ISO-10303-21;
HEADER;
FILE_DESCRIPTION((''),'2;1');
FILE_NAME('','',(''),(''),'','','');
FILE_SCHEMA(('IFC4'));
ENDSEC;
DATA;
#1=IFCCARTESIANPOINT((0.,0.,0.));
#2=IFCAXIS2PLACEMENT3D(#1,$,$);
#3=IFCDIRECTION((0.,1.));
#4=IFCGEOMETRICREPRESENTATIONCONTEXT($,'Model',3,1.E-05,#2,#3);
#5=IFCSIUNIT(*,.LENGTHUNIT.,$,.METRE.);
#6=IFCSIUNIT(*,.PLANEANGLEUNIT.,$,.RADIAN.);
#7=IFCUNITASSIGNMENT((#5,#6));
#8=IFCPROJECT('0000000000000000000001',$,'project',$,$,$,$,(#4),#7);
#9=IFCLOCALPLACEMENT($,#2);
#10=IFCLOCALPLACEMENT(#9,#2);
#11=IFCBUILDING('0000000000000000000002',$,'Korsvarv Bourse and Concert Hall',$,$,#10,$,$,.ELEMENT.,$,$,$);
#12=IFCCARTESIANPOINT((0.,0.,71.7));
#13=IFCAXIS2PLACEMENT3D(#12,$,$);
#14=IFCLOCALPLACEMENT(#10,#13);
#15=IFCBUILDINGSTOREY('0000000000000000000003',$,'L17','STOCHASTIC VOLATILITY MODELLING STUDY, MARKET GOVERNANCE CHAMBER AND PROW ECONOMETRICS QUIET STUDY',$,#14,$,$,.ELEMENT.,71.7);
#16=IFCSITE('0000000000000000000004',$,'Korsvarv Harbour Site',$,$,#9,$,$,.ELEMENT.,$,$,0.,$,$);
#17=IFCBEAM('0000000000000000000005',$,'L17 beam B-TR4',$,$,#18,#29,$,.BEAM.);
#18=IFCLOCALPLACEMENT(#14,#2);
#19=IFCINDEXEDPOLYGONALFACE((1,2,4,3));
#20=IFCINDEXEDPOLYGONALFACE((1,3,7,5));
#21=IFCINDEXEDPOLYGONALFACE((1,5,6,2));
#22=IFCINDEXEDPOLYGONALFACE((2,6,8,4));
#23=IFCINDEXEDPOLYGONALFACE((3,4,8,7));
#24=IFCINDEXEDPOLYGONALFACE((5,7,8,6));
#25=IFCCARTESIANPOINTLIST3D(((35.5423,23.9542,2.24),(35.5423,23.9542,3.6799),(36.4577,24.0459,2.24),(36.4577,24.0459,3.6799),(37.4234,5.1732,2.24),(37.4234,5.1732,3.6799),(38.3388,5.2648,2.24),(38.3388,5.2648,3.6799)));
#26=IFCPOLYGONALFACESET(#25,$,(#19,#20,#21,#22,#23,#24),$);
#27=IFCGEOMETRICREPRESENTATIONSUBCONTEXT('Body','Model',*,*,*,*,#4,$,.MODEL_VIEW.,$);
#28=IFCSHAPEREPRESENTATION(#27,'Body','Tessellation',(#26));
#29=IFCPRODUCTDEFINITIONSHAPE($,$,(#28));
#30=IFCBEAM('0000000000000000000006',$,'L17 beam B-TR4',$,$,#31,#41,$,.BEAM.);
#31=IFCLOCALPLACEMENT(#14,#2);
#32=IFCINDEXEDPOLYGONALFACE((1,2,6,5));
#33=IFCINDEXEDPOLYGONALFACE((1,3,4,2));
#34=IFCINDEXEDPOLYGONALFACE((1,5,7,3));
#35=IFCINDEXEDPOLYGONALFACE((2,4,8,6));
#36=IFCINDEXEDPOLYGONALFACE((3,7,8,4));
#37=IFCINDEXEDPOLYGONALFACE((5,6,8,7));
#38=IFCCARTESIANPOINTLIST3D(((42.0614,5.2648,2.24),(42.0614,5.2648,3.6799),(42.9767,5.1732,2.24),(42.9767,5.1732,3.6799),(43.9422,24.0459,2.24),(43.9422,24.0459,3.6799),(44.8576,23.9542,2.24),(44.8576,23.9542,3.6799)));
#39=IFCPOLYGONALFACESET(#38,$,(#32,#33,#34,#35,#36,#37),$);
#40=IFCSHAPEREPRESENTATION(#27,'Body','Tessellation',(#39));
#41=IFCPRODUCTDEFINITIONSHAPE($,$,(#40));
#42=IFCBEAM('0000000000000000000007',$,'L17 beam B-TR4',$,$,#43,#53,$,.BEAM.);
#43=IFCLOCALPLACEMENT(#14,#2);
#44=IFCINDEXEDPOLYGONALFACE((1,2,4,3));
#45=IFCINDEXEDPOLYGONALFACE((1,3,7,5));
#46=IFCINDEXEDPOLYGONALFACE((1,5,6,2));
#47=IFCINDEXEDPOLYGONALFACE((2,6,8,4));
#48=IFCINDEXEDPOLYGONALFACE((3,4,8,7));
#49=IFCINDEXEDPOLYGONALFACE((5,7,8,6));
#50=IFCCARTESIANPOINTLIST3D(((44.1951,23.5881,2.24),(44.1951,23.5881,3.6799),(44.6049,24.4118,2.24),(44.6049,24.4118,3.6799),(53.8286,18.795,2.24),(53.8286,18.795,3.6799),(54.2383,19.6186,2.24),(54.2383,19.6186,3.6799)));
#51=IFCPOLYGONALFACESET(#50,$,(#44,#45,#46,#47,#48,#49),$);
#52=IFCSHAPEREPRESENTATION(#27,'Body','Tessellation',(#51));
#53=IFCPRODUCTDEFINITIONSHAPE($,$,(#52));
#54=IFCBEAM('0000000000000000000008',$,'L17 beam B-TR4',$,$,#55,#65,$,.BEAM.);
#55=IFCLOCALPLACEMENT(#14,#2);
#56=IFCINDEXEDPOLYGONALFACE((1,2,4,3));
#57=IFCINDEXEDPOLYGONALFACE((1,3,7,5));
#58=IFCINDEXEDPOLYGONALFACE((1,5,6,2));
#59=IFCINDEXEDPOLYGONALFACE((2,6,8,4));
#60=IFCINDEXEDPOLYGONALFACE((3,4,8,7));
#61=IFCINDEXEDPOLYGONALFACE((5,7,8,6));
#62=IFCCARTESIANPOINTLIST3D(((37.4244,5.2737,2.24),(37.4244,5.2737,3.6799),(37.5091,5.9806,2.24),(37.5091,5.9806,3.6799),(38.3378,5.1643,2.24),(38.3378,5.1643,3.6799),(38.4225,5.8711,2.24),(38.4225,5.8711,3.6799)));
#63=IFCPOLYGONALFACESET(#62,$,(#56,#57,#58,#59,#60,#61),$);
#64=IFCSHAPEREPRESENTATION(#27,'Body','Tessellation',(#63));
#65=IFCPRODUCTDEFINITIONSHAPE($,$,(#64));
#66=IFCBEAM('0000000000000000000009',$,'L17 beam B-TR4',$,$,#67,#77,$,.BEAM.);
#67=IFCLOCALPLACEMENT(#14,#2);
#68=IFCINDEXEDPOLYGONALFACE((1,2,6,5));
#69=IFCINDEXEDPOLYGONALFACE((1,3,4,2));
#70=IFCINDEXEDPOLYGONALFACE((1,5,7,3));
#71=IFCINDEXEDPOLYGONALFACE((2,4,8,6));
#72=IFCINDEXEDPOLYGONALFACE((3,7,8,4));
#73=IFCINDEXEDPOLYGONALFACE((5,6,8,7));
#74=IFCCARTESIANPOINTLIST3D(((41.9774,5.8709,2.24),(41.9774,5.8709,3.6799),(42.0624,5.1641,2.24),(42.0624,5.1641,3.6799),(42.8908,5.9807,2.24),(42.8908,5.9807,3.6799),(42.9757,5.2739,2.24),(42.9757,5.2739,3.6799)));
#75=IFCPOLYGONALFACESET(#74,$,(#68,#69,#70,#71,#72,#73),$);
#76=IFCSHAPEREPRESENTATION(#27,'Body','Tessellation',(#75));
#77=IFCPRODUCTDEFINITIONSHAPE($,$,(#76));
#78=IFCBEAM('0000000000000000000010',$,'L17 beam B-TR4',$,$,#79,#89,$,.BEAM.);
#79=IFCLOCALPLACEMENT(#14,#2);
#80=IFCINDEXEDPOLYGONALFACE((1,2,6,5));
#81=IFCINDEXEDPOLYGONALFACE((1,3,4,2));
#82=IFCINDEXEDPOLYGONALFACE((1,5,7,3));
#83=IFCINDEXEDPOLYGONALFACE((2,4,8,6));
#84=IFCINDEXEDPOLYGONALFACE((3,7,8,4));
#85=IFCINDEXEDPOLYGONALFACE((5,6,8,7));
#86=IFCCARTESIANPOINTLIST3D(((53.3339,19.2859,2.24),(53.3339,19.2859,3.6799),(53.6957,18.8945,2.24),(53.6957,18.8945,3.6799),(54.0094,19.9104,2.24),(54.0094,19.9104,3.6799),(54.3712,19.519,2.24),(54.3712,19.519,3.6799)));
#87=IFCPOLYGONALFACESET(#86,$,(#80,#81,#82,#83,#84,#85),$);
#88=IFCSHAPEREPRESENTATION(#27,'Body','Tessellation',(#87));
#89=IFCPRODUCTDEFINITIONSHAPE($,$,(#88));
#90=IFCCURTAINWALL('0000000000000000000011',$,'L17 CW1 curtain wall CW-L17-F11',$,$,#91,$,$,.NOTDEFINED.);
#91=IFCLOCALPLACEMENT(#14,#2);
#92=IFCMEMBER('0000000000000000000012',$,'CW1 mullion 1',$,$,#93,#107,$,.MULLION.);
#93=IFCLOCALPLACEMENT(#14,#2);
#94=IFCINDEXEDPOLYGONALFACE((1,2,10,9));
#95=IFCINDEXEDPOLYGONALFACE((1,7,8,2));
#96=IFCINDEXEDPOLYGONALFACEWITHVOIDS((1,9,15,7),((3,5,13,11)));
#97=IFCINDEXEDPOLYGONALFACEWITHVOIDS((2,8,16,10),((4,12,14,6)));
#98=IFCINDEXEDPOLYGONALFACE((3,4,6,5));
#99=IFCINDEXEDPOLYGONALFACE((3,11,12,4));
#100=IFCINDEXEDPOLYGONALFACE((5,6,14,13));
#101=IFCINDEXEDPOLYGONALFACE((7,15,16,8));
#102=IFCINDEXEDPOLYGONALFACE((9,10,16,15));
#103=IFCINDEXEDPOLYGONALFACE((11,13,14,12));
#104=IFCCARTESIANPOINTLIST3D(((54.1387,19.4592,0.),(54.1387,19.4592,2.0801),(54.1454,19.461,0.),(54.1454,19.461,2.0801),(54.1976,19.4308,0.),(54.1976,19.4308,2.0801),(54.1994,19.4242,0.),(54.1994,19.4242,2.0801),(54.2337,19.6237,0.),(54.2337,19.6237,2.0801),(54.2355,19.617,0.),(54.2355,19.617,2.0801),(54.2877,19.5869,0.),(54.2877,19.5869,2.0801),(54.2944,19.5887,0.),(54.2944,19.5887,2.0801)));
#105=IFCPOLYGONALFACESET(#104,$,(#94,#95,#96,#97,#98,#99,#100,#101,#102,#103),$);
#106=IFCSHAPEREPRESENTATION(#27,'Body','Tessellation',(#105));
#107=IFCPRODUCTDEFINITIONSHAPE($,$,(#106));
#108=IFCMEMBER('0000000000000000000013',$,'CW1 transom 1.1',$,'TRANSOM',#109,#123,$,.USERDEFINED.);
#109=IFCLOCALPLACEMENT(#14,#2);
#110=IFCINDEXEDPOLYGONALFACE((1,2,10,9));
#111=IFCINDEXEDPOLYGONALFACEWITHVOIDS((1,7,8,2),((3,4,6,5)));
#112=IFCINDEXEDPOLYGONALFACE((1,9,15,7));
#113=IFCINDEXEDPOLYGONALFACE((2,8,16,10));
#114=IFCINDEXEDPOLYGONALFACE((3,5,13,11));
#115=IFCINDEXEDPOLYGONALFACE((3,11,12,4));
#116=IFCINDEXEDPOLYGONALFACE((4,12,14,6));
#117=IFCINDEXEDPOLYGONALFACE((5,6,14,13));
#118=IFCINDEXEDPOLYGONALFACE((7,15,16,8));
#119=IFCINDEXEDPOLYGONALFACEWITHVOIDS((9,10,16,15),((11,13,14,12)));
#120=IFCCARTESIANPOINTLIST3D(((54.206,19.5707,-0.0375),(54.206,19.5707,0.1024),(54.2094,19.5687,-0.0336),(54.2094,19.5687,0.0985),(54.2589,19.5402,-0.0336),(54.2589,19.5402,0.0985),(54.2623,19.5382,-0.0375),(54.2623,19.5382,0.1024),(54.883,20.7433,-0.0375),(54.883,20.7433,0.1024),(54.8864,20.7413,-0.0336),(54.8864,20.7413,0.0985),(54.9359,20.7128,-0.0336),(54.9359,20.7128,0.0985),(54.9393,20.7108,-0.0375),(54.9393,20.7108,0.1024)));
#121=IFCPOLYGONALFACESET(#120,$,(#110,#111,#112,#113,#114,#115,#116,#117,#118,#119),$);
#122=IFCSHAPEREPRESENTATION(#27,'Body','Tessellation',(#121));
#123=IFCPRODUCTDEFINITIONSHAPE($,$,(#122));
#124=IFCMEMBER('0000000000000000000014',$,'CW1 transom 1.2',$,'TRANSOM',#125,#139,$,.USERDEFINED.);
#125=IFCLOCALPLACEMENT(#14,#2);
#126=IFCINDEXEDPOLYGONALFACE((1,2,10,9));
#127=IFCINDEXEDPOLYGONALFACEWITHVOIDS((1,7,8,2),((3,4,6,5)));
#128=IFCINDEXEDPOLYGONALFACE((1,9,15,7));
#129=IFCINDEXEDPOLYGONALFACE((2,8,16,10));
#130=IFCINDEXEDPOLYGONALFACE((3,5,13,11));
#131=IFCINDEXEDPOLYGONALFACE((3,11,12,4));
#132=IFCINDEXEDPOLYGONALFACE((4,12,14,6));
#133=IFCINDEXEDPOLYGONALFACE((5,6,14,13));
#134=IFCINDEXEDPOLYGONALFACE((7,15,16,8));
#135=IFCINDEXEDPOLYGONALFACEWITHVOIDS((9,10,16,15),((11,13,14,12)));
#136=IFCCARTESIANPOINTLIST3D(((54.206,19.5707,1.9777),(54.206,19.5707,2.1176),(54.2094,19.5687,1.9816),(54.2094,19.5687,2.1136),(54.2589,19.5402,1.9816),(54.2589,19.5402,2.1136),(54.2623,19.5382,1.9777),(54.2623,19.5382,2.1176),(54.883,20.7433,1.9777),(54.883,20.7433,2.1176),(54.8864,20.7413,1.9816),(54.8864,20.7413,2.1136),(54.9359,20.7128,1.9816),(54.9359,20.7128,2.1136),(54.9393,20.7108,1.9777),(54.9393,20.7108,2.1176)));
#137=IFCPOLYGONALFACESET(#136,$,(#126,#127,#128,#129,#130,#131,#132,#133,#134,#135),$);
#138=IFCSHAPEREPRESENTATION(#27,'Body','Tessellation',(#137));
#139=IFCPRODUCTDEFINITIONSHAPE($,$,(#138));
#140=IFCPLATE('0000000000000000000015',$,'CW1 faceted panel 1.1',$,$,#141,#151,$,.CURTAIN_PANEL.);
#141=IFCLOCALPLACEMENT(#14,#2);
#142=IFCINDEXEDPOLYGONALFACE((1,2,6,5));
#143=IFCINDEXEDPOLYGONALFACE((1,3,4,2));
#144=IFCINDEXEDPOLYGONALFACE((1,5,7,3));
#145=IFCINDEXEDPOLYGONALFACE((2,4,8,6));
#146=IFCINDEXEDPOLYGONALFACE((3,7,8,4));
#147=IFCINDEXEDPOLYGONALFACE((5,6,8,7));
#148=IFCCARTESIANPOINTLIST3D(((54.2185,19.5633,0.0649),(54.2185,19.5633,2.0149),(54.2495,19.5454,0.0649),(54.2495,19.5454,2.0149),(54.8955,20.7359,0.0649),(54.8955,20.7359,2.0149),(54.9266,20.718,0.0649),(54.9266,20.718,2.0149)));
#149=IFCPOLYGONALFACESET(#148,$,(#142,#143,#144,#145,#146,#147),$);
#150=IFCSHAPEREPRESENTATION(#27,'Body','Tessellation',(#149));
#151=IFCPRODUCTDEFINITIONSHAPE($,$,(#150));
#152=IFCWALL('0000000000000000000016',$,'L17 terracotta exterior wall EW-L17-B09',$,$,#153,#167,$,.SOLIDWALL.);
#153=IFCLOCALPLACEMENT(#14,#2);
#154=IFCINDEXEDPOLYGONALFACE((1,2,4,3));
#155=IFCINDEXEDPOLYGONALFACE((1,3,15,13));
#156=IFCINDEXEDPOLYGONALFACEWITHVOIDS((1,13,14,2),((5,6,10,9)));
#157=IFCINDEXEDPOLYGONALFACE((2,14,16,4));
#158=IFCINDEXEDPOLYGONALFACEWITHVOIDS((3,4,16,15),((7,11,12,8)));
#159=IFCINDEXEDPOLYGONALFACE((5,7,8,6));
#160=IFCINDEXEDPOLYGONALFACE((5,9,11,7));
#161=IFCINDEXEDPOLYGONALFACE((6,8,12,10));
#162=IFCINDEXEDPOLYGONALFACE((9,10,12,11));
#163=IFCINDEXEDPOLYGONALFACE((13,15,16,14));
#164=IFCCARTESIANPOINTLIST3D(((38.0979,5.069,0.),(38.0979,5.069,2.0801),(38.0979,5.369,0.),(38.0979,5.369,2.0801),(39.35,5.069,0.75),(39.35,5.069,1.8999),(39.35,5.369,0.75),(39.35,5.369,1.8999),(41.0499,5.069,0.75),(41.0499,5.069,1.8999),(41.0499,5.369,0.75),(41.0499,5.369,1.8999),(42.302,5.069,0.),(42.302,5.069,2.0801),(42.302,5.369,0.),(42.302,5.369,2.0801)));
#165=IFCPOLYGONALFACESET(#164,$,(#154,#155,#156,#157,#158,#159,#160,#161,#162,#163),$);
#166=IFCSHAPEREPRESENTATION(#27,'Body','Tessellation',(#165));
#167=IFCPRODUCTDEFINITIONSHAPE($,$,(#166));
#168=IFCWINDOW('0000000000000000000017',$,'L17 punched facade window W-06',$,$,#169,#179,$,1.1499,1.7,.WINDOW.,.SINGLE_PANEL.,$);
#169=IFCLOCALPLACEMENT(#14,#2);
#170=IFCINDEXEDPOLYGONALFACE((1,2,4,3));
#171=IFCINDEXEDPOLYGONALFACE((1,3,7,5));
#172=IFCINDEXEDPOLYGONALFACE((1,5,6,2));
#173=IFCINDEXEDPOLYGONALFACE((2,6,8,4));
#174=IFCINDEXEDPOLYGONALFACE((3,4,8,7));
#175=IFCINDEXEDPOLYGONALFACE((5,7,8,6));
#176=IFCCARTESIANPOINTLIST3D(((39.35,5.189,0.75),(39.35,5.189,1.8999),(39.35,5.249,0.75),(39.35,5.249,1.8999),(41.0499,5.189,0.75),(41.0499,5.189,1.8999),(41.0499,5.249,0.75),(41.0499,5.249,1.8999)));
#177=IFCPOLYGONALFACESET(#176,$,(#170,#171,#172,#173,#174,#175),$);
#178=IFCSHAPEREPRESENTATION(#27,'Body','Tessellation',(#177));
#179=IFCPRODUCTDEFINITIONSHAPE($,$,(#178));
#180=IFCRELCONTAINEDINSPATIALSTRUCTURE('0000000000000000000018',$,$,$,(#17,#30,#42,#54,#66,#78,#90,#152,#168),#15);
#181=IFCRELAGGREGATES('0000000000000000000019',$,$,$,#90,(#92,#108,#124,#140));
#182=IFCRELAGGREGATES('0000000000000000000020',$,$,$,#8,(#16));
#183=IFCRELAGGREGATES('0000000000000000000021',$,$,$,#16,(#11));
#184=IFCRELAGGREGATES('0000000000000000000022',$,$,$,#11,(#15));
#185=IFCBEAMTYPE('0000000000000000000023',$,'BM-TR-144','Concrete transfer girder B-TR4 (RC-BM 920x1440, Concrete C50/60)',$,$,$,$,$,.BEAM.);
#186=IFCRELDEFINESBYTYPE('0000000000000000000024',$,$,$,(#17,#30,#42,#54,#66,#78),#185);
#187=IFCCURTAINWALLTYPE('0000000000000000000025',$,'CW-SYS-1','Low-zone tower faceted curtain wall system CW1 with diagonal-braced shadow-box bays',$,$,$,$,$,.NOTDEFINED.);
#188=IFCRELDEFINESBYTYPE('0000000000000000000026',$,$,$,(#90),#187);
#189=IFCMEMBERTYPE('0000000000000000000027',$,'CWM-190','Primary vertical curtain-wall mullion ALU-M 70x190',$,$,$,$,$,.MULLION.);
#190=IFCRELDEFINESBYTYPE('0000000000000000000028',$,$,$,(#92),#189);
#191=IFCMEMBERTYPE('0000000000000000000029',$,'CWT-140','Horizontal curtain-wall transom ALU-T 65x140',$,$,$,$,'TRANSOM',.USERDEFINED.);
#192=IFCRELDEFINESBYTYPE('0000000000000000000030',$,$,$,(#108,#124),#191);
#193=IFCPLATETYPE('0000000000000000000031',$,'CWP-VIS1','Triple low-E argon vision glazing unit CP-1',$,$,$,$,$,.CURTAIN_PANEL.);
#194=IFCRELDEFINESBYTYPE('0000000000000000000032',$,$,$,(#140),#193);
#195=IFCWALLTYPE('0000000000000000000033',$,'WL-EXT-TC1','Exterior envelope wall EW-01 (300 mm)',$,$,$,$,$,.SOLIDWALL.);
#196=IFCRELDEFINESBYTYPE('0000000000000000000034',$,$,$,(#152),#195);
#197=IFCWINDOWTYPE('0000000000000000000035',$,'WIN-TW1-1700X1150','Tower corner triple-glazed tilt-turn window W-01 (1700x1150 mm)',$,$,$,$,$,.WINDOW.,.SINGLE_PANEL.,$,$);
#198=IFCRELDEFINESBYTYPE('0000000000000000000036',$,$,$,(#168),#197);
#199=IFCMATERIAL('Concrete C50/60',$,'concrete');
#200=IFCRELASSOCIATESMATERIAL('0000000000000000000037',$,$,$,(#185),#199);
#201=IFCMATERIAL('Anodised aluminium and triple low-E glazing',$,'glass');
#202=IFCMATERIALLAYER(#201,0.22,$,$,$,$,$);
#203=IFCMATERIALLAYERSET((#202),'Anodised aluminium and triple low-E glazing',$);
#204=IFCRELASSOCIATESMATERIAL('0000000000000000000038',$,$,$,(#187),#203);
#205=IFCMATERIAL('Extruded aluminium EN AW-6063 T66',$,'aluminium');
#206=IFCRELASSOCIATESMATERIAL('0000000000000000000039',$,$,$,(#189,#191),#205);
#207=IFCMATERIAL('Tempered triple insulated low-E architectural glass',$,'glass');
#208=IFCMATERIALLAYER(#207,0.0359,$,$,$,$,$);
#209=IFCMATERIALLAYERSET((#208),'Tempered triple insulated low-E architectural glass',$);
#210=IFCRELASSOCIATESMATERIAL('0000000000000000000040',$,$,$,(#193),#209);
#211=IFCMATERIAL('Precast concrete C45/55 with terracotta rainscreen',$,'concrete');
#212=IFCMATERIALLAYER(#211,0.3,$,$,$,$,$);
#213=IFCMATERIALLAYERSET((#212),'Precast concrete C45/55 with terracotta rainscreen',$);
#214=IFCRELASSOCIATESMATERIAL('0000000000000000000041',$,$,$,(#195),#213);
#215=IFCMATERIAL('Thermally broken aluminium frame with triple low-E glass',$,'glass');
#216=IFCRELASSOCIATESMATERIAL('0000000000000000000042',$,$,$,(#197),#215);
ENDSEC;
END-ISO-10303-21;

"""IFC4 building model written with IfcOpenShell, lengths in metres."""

from ifc_helpers import new_model, si_unit, direction, frame, frame_2d, origin, origin_2d, place, context, subcontext, project, spatial, rectangle, hollow_rectangle, extrude, source, transform, mapped, material, layer, layer_set, material_profile, profile_set, type_object, element, fill, aggregate, save


model = new_model("IFC4")

# Units and contexts
model_context = context("Model", 3, precision=1e-05, world=origin(), true_north=direction((0.0, 1.0)))
body_context = subcontext(model_context, "Body", "Model", "MODEL_VIEW")
ifc_project = project(units=[si_unit("LENGTHUNIT", "METRE"), si_unit("PLANEANGLEUNIT", "RADIAN")], contexts=[model_context])

# Site, building, storey
site_placement = place(None, origin())
site = spatial("IfcSite", under=ifc_project, at=site_placement, Name="Korsvarv Harbour Site", CompositionType="ELEMENT", RefElevation=0.0)
building_placement = place(site_placement, origin())
building = spatial("IfcBuilding", under=site, at=building_placement, Name="Korsvarv Bourse and Concert Hall", CompositionType="ELEMENT")
storey_placement = place(building_placement, frame((0.0, 0.0, 71.7)))
storey = spatial("IfcBuildingStorey", under=building, at=storey_placement, Name="L17", Description="STOCHASTIC VOLATILITY MODELLING STUDY, MARKET GOVERNANCE CHAMBER AND PROW ECONOMETRICS QUIET STUDY", CompositionType="ELEMENT", Elevation=71.7)

# Beams
ifc_material_1 = material(Name="Concrete C50/60", Category="concrete")
ifc_material_profile_1 = material_profile(ifc_material_1, rectangle(XDim=0.9199, YDim=1.4399, at=origin_2d()), Name="RC-BM 920x1440")
ifc_profile_set_1 = profile_set([ifc_material_profile_1], Name="Concrete C50/60")
beam_type_1 = type_object("IfcBeamType", Name="BM-TR-144", Description="Concrete transfer girder B-TR4 (RC-BM 920x1440, Concrete C50/60)", PredefinedType="BEAM", material=ifc_profile_set_1)
shared_shape_1 = source(origin(), body_context, "Body", "SweptSolid", [
    extrude(rectangle(XDim=0.9199, YDim=1.4399, at=origin_2d()), origin(), (0.0, 0.0, 1.0), 18.875),
])
for number, where, z_axis, x_axis, name in (
    (1, (37.8811, 5.219, 2.96), (-0.099661, 0.995021, 0.0), (-0.995021, -0.099661, 0.0), "L17 beam B-TR4"),
    (2, (42.519, 5.219, 2.96), (0.099648, 0.995023, 0.0), (-0.995023, 0.099648, 0.0), "L17 beam B-TR4"),
):
    element("IfcBeam", number, at=place(storey_placement, frame(where, z_axis=z_axis, x_axis=x_axis)), inside=storey, type_object=beam_type_1, Name=name, PredefinedType="BEAM", context=body_context, shape_type="MappedRepresentation", body=[
        mapped(shared_shape_1, transform((0.0, 0.0, 0.0), scale=1.0)),
    ])
shared_shape_2 = source(origin(), body_context, "Body", "SweptSolid", [
    extrude(rectangle(XDim=0.9199, YDim=1.4399, at=origin_2d()), origin(), (0.0, 0.0, 1.0), 10.76),
])
beam_1_placement = place(storey_placement, frame((54.0334, 19.2068, 2.96), z_axis=(-0.895301, 0.445461, 0.0), x_axis=(-0.445461, -0.895301, 0.0)))
element("IfcBeam", 3, at=beam_1_placement, inside=storey, type_object=beam_type_1, Name="L17 beam B-TR4", PredefinedType="BEAM", context=body_context, shape_type="MappedRepresentation", body=[
    mapped(shared_shape_2, transform((0.0, 0.0, 0.0), scale=1.0)),
])
shared_shape_3 = source(origin(), body_context, "Body", "SweptSolid", [
    extrude(rectangle(XDim=0.9199, YDim=1.4399, at=origin_2d()), origin(), (0.0, 0.0, 1.0), 0.7119),
])
for number, where, z_axis, x_axis, name in (
    (4, (37.8811, 5.219, 2.96), (0.11901, 0.992893, 0.0), (-0.992893, 0.11901, 0.0), "L17 beam B-TR4"),
    (5, (42.519, 5.219, 2.96), (-0.119348, 0.992852, 0.0), (-0.992852, -0.119348, 0.0), "L17 beam B-TR4"),
):
    element("IfcBeam", number, at=place(storey_placement, frame(where, z_axis=z_axis, x_axis=x_axis)), inside=storey, type_object=beam_type_1, Name=name, PredefinedType="BEAM", context=body_context, shape_type="MappedRepresentation", body=[
        mapped(shared_shape_3, transform((0.0, 0.0, 0.0), scale=1.0)),
    ])
shared_shape_4 = source(origin(), body_context, "Body", "SweptSolid", [
    extrude(rectangle(XDim=0.9199, YDim=1.4399, at=origin_2d()), origin(), (0.0, 0.0, 1.0), 0.533),
])
beam_2_placement = place(storey_placement, frame((54.0334, 19.2068, 2.96), z_axis=(-0.678851, 0.734276, 0.0), x_axis=(-0.734276, -0.678851, 0.0)))
element("IfcBeam", 6, at=beam_2_placement, inside=storey, type_object=beam_type_1, Name="L17 beam B-TR4", PredefinedType="BEAM", context=body_context, shape_type="MappedRepresentation", body=[
    mapped(shared_shape_4, transform((0.0, 0.0, 0.0), scale=1.0)),
])

# Curtain wall, members, plate
ifc_material_2 = material(Name="Anodised aluminium and triple low-E glazing", Category="glass")
ifc_layer_1 = layer(ifc_material_2, 0.22)
ifc_layer_set_1 = layer_set([ifc_layer_1], Name="Anodised aluminium and triple low-E glazing")
curtain_wall_type = type_object("IfcCurtainWallType", Name="CW-SYS-1", Description="Low-zone tower faceted curtain wall system CW1 with diagonal-braced shadow-box bays", PredefinedType="NOTDEFINED", material=ifc_layer_set_1)
curtain_wall_placement = place(storey_placement, origin())
curtain_wall = element("IfcCurtainWall", 7, at=curtain_wall_placement, inside=storey, type_object=curtain_wall_type, Name="L17 CW1 curtain wall CW-L17-F11", PredefinedType="NOTDEFINED")
ifc_material_3 = material(Name="Extruded aluminium EN AW-6063 T66", Category="aluminium")
ifc_material_profile_2 = material_profile(ifc_material_3, hollow_rectangle(XDim=0.0701, YDim=0.1899, WallThickness=0.0049, at=origin_2d()), Name="ALU-M 70x190")
ifc_profile_set_2 = profile_set([ifc_material_profile_2], Name="Extruded aluminium EN AW-6063 T66")
member_type_1 = type_object("IfcMemberType", Name="CWM-190", Description="Primary vertical curtain-wall mullion ALU-M 70x190", PredefinedType="MULLION", material=ifc_profile_set_2)
shared_shape_5 = source(origin(), body_context, "Body", "SweptSolid", [
    extrude(hollow_rectangle(XDim=0.0701, YDim=0.1899, WallThickness=0.0049, at=origin_2d()), origin(), (0.0, 0.0, 1.0), 2.0801),
])
member_1_placement = place(storey_placement, frame((54.2166, 19.5239, 0.0), z_axis=(0.0, 0.0, 1.0), x_axis=(-0.866022, 0.500006, 0.0)))
member_1 = element("IfcMember", 8, at=member_1_placement, type_object=member_type_1, Name="CW1 mullion 1", PredefinedType="MULLION", context=body_context, shape_type="MappedRepresentation", body=[
    mapped(shared_shape_5, transform((0.0, 0.0, 0.0), scale=1.0)),
])
ifc_material_profile_3 = material_profile(ifc_material_3, hollow_rectangle(XDim=0.0649, YDim=0.1399, WallThickness=0.0039, at=origin_2d()), Name="ALU-T 65x140")
ifc_profile_set_3 = profile_set([ifc_material_profile_3], Name="Extruded aluminium EN AW-6063 T66")
member_type_2 = type_object("IfcMemberType", Name="CWT-140", Description="Horizontal curtain-wall transom ALU-T 65x140", ElementType="TRANSOM", PredefinedType="USERDEFINED", material=ifc_profile_set_3)
shared_shape_6 = source(origin(), body_context, "Body", "SweptSolid", [
    extrude(hollow_rectangle(XDim=0.0649, YDim=0.1399, WallThickness=0.0039, at=origin_2d()), origin(), (0.0, 0.0, 1.0), 1.354),
])
member_2_placement = place(storey_placement, frame((54.2341, 19.5544, 0.0325), z_axis=(0.499998, 0.866026, 0.0), x_axis=(-0.866026, 0.499998, 0.0)))
member_2 = element("IfcMember", 9, at=member_2_placement, type_object=member_type_2, Name="CW1 transom 1.1", ObjectType="TRANSOM", PredefinedType="USERDEFINED", context=body_context, shape_type="MappedRepresentation", body=[
    mapped(shared_shape_6, transform((0.0, 0.0, 0.0), scale=1.0)),
])
member_3_placement = place(storey_placement, frame((54.2341, 19.5544, 2.0476), z_axis=(0.499998, 0.866026, 0.0), x_axis=(-0.866026, 0.499998, 0.0)))
member_3 = element("IfcMember", 10, at=member_3_placement, type_object=member_type_2, Name="CW1 transom 1.2", ObjectType="TRANSOM", PredefinedType="USERDEFINED", context=body_context, shape_type="MappedRepresentation", body=[
    mapped(shared_shape_6, transform((0.0, 0.0, 0.0), scale=1.0)),
])
ifc_material_4 = material(Name="Tempered triple insulated low-E architectural glass", Category="glass")
ifc_layer_2 = layer(ifc_material_4, 0.0359)
ifc_layer_set_2 = layer_set([ifc_layer_2], Name="Tempered triple insulated low-E architectural glass")
plate_type = type_object("IfcPlateType", Name="CWP-VIS1", Description="Triple low-E argon vision glazing unit CP-1", PredefinedType="CURTAIN_PANEL", material=ifc_layer_set_2)
shared_shape_7 = source(origin(), body_context, "Body", "SweptSolid", [
    extrude(rectangle(XDim=1.354, YDim=0.0359, at=origin_2d()), origin(), (0.0, 0.0, 1.0), 1.95),
])
plate_placement = place(storey_placement, frame((54.5725, 20.1406, 0.0649), z_axis=(0.0, 0.0, 1.0), x_axis=(0.500006, 0.866022, 0.0)))
plate = element("IfcPlate", 11, at=plate_placement, type_object=plate_type, Name="CW1 faceted panel 1.1", PredefinedType="CURTAIN_PANEL", context=body_context, shape_type="MappedRepresentation", body=[
    mapped(shared_shape_7, transform((0.0, 0.0, 0.0), scale=1.0)),
])
aggregate(curtain_wall, [member_1, member_2, member_3, plate])

# Wall, opening, window
ifc_material_5 = material(Name="Precast concrete C45/55 with terracotta rainscreen", Category="concrete")
ifc_layer_3 = layer(ifc_material_5, 0.3)
ifc_layer_set_3 = layer_set([ifc_layer_3], Name="Precast concrete C45/55 with terracotta rainscreen")
wall_type_1 = type_object("IfcWallType", Name="WL-EXT-TC1", Description="Exterior envelope wall EW-01 (300 mm)", PredefinedType="SOLIDWALL", material=ifc_layer_set_3)
wall_1_placement = place(storey_placement, frame((38.0979, 5.219, 0.0), z_axis=(0.0, 0.0, 1.0), x_axis=(1.0, 0.0, 0.0)))
wall_1 = element("IfcWall", 12, at=wall_1_placement, inside=storey, type_object=wall_type_1, Name="L17 terracotta exterior wall EW-L17-B09", PredefinedType="SOLIDWALL", context=body_context, shape_type="SweptSolid", body=[
    extrude(rectangle(XDim=4.2041, YDim=0.3, at=frame_2d((2.1021, 0.0))), origin(), (0.0, 0.0, 1.0), 2.0801),
])
opening_1_placement = place(wall_1_placement, frame((1.252, 0.0, 0.75)))
opening_1 = element("IfcOpeningElement", 13, at=opening_1_placement, cuts=wall_1, PredefinedType="OPENING", context=body_context, shape_type="SweptSolid", body=[
    extrude(rectangle(XDim=1.7, YDim=1.1499, at=frame_2d((0.8501, 0.575))), frame((0.0, 0.1602, 0.0), z_axis=(0.0, -1.0, 0.0), x_axis=(1.0, 0.0, 0.0)), (0.0, 0.0, 1.0), 0.3201),
])
ifc_material_6 = material(Name="Thermally broken aluminium frame with triple low-E glass", Category="glass")
window_type = type_object("IfcWindowType", Name="WIN-TW1-1700X1150", Description="Tower corner triple-glazed tilt-turn window W-01 (1700x1150 mm)", PartitioningType="SINGLE_PANEL", PredefinedType="WINDOW", material=ifc_material_6)
window_1_placement = place(opening_1_placement, origin())
window_1 = element("IfcWindow", 14, at=window_1_placement, inside=storey, type_object=window_type, Name="L17 punched facade window W-06", OverallHeight=1.1499, OverallWidth=1.7, PartitioningType="SINGLE_PANEL", PredefinedType="WINDOW", context=body_context, shape_type="SweptSolid", body=[
    extrude(rectangle(XDim=1.7, YDim=1.1499, at=frame_2d((0.8501, 0.575))), frame((0.0, 0.03, 0.0), z_axis=(0.0, -1.0, 0.0), x_axis=(1.0, 0.0, 0.0)), (0.0, 0.0, 1.0), 0.0601),
])
fill(opening_1, window_1)

save(model, "model.ifc")
